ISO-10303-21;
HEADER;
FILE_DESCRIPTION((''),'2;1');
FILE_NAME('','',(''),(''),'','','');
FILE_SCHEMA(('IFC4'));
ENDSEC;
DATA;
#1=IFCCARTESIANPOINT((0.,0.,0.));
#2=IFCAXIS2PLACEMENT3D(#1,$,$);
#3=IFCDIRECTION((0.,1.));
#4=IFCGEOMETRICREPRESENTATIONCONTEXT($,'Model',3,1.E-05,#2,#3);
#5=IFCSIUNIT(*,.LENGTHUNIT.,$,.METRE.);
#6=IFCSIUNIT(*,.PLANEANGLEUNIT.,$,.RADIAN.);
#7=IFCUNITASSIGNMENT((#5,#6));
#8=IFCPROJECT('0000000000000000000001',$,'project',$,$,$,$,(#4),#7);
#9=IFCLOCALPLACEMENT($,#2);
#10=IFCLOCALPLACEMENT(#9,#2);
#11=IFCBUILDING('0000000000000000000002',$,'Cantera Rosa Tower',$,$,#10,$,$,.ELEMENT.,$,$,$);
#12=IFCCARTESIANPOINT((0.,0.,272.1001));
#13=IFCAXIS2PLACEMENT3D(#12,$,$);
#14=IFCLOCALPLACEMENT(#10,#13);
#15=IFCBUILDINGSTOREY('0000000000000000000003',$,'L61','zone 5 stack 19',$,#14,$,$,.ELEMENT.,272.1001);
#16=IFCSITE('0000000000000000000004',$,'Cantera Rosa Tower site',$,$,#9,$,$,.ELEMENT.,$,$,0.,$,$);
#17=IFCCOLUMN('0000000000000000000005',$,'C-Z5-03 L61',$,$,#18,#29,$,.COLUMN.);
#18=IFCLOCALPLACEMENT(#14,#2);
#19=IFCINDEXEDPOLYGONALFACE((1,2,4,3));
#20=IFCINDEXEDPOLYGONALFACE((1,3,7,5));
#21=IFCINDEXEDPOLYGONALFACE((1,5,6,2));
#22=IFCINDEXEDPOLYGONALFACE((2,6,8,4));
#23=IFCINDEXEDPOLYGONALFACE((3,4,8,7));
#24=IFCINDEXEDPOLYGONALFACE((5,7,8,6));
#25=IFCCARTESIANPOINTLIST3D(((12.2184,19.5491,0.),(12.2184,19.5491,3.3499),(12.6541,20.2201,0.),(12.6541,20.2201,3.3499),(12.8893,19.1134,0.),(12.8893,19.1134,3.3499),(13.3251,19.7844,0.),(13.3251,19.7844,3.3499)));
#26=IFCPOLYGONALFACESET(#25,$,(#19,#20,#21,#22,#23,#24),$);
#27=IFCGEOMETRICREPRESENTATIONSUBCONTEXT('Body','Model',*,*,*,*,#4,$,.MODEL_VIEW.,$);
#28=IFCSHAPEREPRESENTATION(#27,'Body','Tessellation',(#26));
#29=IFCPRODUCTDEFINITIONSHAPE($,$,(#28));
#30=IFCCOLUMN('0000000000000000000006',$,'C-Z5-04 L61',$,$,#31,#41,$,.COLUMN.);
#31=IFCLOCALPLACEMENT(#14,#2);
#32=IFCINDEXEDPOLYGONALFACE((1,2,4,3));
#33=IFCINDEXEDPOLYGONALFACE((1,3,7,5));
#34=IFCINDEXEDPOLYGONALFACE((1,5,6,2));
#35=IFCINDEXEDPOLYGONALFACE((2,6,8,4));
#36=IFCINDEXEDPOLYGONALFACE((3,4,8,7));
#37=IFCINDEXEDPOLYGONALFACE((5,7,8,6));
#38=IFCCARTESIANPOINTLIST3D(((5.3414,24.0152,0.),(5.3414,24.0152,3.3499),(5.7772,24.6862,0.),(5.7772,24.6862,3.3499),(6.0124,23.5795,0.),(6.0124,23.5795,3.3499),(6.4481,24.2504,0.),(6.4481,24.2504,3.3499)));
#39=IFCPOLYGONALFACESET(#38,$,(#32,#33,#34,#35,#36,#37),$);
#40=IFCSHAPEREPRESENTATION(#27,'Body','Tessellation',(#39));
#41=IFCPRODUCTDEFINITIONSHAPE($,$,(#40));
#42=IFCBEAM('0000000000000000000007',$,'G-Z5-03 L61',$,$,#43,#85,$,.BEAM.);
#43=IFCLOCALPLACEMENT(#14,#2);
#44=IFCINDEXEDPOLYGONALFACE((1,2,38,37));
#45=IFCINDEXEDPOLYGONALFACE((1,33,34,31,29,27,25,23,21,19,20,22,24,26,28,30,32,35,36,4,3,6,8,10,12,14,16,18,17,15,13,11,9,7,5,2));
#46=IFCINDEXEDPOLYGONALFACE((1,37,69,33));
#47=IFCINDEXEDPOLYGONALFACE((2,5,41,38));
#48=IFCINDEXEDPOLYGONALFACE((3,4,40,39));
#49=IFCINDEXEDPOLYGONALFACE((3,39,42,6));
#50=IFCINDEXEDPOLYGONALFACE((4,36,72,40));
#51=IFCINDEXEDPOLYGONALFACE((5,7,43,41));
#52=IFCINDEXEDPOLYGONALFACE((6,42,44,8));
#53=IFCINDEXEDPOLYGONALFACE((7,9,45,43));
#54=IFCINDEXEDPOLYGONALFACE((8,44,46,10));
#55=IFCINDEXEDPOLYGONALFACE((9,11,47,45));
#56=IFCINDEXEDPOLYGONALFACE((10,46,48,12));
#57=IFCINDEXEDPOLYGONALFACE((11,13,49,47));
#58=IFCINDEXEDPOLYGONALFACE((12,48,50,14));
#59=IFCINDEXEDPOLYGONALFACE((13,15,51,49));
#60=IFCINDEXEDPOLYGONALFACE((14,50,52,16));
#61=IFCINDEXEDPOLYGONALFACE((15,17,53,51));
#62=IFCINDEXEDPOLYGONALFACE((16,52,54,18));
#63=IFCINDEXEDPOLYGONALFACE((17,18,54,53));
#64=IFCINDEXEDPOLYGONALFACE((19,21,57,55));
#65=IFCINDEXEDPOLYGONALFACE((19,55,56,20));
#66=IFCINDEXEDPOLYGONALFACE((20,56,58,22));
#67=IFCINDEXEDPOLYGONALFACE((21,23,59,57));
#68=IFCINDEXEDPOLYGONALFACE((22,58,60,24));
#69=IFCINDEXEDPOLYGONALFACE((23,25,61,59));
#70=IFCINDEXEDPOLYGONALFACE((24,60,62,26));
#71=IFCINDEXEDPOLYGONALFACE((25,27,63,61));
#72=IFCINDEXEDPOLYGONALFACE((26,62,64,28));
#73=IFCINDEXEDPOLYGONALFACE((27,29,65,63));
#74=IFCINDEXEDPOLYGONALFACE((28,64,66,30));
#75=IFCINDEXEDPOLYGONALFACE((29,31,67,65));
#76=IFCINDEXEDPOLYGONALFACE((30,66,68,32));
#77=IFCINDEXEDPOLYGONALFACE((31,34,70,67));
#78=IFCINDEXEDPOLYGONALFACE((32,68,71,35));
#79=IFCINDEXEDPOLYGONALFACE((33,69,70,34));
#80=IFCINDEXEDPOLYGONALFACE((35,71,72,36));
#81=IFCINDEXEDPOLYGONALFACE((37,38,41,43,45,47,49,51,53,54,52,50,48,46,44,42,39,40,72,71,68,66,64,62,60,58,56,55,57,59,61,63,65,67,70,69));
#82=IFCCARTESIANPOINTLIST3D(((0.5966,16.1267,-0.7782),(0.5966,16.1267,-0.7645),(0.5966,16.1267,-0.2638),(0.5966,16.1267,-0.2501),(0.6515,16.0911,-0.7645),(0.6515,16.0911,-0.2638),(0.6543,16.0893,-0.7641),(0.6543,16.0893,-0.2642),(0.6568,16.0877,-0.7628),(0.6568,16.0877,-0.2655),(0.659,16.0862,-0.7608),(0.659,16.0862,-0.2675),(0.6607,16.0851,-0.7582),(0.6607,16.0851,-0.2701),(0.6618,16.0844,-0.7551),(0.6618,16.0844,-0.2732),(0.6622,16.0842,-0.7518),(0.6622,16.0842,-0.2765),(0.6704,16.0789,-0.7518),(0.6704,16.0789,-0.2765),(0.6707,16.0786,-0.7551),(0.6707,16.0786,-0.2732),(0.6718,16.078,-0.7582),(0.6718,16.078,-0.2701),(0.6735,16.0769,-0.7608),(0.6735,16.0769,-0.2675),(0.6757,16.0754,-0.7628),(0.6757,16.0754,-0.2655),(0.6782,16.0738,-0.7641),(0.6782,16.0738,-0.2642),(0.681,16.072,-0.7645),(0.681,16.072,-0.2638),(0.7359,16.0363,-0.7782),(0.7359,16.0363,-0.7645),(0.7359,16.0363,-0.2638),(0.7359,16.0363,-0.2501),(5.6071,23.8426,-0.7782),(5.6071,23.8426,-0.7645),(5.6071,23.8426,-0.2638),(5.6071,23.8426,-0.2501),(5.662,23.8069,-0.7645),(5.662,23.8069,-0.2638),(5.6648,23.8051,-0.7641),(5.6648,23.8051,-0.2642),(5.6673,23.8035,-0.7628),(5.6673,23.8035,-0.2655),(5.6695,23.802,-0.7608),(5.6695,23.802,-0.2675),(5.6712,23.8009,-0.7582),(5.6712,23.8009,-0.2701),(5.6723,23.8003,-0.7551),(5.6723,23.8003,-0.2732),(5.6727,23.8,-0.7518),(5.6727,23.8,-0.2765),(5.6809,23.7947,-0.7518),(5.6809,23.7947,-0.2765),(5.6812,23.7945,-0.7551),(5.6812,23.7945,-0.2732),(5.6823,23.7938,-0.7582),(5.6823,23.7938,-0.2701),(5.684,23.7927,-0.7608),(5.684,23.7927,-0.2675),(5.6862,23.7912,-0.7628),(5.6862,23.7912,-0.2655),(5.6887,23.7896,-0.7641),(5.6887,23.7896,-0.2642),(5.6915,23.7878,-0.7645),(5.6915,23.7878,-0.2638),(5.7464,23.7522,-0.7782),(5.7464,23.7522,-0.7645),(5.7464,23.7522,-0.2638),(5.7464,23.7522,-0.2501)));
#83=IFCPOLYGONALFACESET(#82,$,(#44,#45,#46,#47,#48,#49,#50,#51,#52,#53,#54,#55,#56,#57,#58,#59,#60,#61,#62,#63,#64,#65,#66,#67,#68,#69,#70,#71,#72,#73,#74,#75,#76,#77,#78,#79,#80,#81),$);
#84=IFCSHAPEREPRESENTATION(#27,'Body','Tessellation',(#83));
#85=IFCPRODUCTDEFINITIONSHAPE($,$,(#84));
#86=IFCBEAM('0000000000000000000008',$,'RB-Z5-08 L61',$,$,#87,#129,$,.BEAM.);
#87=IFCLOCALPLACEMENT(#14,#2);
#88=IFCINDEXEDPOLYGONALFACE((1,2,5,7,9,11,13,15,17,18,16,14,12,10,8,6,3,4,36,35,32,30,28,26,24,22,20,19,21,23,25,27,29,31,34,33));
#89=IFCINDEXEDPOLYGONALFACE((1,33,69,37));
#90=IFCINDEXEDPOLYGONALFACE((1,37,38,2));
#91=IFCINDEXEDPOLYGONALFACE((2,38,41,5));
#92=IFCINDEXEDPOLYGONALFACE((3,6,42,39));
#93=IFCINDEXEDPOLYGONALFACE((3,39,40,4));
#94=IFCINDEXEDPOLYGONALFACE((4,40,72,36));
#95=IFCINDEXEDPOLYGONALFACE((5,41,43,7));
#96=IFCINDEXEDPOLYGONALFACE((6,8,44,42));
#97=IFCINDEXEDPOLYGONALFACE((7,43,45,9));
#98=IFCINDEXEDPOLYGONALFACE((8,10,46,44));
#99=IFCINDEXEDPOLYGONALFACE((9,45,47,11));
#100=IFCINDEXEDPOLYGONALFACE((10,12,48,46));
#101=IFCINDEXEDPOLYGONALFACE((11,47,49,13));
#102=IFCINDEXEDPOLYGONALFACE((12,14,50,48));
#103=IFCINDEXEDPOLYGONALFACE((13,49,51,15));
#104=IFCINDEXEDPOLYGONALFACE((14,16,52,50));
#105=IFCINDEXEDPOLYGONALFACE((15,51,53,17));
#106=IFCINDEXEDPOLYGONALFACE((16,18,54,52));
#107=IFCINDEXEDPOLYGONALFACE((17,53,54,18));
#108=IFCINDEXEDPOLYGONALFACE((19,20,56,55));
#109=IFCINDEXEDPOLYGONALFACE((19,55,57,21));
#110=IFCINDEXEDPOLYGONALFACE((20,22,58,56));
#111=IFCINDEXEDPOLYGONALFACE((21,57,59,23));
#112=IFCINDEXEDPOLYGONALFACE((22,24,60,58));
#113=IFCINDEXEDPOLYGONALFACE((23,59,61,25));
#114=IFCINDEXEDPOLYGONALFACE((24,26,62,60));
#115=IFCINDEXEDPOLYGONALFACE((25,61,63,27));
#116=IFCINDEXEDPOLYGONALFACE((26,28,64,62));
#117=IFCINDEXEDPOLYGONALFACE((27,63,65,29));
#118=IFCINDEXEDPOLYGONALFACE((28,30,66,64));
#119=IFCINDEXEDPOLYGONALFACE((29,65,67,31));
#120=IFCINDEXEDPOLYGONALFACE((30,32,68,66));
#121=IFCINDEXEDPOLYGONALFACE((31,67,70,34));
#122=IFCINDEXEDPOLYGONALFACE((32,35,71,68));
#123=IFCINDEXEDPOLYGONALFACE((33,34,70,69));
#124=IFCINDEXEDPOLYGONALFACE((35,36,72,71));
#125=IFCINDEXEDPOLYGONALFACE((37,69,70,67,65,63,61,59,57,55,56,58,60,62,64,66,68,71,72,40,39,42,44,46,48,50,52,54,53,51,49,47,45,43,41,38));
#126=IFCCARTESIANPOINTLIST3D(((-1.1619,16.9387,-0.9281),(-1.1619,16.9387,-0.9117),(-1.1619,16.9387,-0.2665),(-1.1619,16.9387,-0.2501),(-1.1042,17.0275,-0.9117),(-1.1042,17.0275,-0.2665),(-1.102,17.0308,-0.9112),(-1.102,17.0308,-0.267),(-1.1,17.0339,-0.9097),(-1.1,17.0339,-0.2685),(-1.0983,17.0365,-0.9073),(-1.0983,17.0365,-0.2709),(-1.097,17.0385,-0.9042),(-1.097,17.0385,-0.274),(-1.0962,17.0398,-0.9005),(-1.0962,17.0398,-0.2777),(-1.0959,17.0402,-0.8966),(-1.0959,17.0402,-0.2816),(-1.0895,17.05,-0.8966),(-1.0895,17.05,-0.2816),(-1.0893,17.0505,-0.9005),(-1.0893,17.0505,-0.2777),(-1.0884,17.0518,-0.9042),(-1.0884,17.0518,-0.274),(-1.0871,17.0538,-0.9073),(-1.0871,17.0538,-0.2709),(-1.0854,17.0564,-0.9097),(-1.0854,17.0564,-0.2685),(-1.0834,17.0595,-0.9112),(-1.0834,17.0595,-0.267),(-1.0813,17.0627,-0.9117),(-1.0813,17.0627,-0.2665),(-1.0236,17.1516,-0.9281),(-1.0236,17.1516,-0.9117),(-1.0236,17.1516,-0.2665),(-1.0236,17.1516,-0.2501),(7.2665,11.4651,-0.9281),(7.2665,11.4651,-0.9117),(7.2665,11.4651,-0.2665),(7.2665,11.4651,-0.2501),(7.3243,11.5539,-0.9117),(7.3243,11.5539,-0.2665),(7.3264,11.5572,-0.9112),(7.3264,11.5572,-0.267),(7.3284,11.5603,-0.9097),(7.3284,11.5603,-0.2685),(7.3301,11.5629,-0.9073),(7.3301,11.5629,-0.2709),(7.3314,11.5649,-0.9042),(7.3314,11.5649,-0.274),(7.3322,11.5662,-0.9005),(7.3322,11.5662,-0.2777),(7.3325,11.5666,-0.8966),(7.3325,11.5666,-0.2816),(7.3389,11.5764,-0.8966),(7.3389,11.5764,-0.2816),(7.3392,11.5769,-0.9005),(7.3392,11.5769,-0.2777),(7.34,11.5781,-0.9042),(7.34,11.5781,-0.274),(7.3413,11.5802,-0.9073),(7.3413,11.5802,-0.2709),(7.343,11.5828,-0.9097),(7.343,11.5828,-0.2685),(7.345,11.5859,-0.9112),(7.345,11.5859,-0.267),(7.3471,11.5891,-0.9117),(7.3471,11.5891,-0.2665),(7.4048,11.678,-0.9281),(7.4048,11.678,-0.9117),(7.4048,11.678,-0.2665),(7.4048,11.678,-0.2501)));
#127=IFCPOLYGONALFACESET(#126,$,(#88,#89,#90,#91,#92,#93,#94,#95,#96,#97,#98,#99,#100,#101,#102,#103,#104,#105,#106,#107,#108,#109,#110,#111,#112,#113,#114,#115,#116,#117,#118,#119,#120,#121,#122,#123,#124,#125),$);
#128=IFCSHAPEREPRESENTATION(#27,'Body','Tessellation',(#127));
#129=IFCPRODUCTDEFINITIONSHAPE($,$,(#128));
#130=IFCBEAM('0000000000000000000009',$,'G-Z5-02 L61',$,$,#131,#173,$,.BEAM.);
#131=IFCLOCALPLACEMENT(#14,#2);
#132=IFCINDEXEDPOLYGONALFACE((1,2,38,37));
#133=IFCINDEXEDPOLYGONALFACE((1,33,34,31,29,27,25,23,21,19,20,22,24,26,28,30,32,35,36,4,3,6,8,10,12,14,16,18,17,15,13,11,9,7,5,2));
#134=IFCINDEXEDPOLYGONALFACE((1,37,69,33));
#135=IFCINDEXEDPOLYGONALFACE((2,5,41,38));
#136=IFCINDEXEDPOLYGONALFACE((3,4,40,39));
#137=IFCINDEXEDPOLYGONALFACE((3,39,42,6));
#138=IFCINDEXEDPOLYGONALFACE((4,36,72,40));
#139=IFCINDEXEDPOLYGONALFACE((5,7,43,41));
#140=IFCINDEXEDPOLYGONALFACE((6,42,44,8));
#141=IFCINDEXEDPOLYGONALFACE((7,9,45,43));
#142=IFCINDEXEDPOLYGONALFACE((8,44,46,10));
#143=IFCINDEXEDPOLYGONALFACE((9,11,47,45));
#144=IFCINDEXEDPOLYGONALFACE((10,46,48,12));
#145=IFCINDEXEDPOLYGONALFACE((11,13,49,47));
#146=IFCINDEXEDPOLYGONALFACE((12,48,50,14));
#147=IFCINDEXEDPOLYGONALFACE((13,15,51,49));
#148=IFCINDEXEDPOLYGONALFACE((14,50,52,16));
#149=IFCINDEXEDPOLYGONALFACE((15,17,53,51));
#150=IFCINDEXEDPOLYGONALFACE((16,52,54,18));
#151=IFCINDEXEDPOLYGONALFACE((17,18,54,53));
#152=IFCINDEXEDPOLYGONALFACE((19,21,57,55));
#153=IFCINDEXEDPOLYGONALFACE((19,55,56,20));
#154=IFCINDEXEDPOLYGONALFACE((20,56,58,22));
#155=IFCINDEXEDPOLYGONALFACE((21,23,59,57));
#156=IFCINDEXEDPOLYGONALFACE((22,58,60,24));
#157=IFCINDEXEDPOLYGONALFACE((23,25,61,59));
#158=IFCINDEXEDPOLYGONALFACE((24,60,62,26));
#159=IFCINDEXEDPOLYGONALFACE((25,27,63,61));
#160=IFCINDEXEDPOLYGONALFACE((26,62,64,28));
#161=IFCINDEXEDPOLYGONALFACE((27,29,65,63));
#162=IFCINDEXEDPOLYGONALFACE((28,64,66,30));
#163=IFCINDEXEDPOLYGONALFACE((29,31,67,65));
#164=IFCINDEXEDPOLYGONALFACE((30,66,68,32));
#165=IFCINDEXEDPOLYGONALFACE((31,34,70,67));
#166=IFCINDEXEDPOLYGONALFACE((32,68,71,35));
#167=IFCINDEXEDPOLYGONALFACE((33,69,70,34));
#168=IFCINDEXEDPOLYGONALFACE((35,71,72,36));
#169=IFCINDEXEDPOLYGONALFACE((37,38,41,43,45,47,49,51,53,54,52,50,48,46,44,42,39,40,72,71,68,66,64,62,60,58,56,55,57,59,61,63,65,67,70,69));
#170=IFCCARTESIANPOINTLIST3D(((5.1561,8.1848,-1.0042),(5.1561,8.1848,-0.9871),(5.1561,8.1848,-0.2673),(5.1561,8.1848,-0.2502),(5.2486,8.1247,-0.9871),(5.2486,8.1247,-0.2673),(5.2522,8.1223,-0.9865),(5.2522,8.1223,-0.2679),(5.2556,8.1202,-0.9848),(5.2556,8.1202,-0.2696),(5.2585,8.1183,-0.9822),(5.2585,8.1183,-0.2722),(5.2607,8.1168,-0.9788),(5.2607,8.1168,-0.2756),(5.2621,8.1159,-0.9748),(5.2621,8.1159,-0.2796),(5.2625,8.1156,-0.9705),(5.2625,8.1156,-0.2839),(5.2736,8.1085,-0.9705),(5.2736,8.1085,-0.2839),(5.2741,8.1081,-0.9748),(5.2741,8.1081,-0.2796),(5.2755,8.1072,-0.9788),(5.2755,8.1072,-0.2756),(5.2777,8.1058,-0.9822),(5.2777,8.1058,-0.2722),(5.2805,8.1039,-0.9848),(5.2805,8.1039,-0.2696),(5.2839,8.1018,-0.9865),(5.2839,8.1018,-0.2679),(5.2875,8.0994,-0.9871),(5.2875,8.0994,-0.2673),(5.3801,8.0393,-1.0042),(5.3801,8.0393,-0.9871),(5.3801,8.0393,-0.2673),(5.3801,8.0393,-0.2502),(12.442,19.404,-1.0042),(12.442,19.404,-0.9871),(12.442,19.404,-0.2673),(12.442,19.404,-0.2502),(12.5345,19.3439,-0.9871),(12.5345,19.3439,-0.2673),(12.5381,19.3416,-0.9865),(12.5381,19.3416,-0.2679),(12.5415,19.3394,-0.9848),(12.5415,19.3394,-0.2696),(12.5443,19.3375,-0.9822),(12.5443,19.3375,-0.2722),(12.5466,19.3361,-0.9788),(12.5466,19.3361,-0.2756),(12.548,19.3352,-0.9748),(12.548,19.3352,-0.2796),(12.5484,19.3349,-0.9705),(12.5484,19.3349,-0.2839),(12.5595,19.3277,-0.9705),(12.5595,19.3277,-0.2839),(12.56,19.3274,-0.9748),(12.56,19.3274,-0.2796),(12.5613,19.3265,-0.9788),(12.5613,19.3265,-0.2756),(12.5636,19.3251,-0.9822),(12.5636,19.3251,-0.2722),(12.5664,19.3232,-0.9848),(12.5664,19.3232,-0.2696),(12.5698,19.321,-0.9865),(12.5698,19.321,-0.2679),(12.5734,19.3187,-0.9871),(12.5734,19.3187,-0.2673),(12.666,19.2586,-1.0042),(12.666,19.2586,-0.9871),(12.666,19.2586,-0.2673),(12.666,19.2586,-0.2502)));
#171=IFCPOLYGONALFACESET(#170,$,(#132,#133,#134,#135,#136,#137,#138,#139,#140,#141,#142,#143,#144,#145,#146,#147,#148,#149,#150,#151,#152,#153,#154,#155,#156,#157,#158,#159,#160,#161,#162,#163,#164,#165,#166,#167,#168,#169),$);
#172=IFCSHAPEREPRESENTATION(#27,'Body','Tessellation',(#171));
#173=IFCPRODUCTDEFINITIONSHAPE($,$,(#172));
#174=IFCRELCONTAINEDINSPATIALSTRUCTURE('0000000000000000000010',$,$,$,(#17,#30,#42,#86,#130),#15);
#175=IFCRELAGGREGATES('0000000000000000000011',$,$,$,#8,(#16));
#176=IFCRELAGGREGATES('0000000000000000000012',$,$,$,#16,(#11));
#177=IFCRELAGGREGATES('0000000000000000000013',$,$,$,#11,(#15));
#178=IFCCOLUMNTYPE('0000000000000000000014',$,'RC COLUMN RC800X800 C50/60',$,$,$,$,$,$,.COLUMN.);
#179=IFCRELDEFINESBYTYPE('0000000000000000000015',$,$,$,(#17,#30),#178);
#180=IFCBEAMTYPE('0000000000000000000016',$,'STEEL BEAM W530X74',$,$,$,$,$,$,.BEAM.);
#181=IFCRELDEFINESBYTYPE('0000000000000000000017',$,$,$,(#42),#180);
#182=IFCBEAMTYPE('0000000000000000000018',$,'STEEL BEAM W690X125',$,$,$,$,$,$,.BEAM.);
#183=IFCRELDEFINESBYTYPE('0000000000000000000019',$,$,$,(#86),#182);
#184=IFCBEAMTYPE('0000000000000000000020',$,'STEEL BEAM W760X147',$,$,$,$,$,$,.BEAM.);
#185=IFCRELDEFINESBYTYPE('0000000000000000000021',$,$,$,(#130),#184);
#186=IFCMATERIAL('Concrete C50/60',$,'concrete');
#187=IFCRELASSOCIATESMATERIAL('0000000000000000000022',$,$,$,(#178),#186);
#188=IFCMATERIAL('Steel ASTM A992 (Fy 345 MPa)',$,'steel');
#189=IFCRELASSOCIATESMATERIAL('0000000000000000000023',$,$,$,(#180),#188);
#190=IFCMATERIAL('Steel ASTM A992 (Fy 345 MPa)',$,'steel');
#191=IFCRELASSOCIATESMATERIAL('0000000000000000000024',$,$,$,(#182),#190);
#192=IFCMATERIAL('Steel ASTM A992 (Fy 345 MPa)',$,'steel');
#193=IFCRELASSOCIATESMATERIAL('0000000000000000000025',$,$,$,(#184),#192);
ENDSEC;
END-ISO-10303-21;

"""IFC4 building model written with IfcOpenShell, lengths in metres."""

from ifc_helpers import new_model, si_unit, direction, frame, origin, origin_2d, place, context, subcontext, project, spatial, rectangle, i_section, extrude, material, material_profile, profile_set, type_object, element, save


model = new_model("IFC4")

# Units and contexts
model_context = context("Model", 3, precision=1e-05, world=origin(), true_north=direction((0.0, 1.0)))
body_context = subcontext(model_context, "Body", "Model", "MODEL_VIEW")
ifc_project = project(units=[si_unit("LENGTHUNIT", "METRE"), si_unit("PLANEANGLEUNIT", "RADIAN")], contexts=[model_context])

# Site, building, storey
site_placement = place(None, origin())
site = spatial("IfcSite", under=ifc_project, at=site_placement, Name="Cantera Rosa Tower site", CompositionType="ELEMENT", RefElevation=0.0)
building_placement = place(site_placement, origin())
building = spatial("IfcBuilding", under=site, at=building_placement, Name="Cantera Rosa Tower", CompositionType="ELEMENT")
storey_placement = place(building_placement, frame((0.0, 0.0, 272.1001)))
storey = spatial("IfcBuildingStorey", under=building, at=storey_placement, Name="L61", Description="zone 5 stack 19", CompositionType="ELEMENT", Elevation=272.1001)

# Columns
ifc_material_1 = material(Name="Concrete C50/60", Category="concrete")
ifc_material_profile_1 = material_profile(ifc_material_1, rectangle(XDim=0.8, YDim=0.8, at=origin_2d()), Name="RC COLUMN RC800X800 C50/60")
ifc_profile_set_1 = profile_set([ifc_material_profile_1], Name="Concrete C50/60")
column_type = type_object("IfcColumnType", Name="RC COLUMN RC800X800 C50/60", PredefinedType="COLUMN", material=ifc_profile_set_1)
for number, where, z_axis, x_axis, name in (
    (1, (12.7717, 19.6667, 0.0), (0.0, 0.0, 1.0), (0.544639, 0.838671, 0.0), "C-Z5-03 L61"),
    (2, (5.8948, 24.1328, 0.0), (0.0, 0.0, 1.0), (0.544639, 0.838671, 0.0), "C-Z5-04 L61"),
):
    element("IfcColumn", number, at=place(storey_placement, frame(where, z_axis=z_axis, x_axis=x_axis)), inside=storey, type_object=column_type, Name=name, PredefinedType="COLUMN", context=body_context, shape_type="SweptSolid", body=[
        extrude(rectangle(XDim=0.8, YDim=0.8, at=origin_2d()), origin(), (0.0, 0.0, 1.0), 3.3499),
    ])

# Beams
ifc_material_2 = material(Name="Steel ASTM A992 (Fy 345 MPa)", Category="steel")
ifc_material_profile_2 = material_profile(ifc_material_2, i_section(OverallWidth=0.166, OverallDepth=0.5281, WebThickness=0.0098, FlangeThickness=0.0137, FilletRadius=0.0127, at=origin_2d()), Name="W530X74")
ifc_profile_set_2 = profile_set([ifc_material_profile_2], Name="Steel ASTM A992 (Fy 345 MPa)")
beam_type_1 = type_object("IfcBeamType", Name="STEEL BEAM W530X74", PredefinedType="BEAM", material=ifc_profile_set_2)
beam_1_placement = place(storey_placement, frame((5.6768, 23.7974, -0.5142), z_axis=(-0.544623, -0.838681, 0.0), x_axis=(0.838681, -0.544623, 0.0)))
element("IfcBeam", 3, at=beam_1_placement, inside=storey, type_object=beam_type_1, Name="G-Z5-03 L61", PredefinedType="BEAM", context=body_context, shape_type="SweptSolid", body=[
    extrude(i_section(OverallWidth=0.166, OverallDepth=0.5281, WebThickness=0.0098, FlangeThickness=0.0137, FilletRadius=0.0127, at=origin_2d()), origin(), (0.0, 0.0, 1.0), 9.2),
])
ifc_material_3 = material(Name="Steel ASTM A992 (Fy 345 MPa)", Category="steel")
ifc_material_profile_3 = material_profile(ifc_material_3, i_section(OverallWidth=0.2539, OverallDepth=0.678, WebThickness=0.0117, FlangeThickness=0.0164, FilletRadius=0.0151, at=origin_2d()), Name="W690X125")
ifc_profile_set_3 = profile_set([ifc_material_profile_3], Name="Steel ASTM A992 (Fy 345 MPa)")
beam_type_2 = type_object("IfcBeamType", Name="STEEL BEAM W690X125", PredefinedType="BEAM", material=ifc_profile_set_3)
beam_2_placement = place(storey_placement, frame((7.3357, 11.5715, -0.5891), z_axis=(-0.838665, 0.544648, 0.0), x_axis=(-0.544648, -0.838665, 0.0)))
element("IfcBeam", 4, at=beam_2_placement, inside=storey, type_object=beam_type_2, Name="RB-Z5-08 L61", PredefinedType="BEAM", context=body_context, shape_type="SweptSolid", body=[
    extrude(i_section(OverallWidth=0.2539, OverallDepth=0.678, WebThickness=0.0117, FlangeThickness=0.0164, FilletRadius=0.0151, at=origin_2d()), origin(), (0.0, 0.0, 1.0), 10.0498),
])
ifc_material_4 = material(Name="Steel ASTM A992 (Fy 345 MPa)", Category="steel")
ifc_material_profile_4 = material_profile(ifc_material_4, i_section(OverallWidth=0.2671, OverallDepth=0.7539, WebThickness=0.0132, FlangeThickness=0.0171, FilletRadius=0.0166, at=origin_2d()), Name="W760X147")
ifc_profile_set_4 = profile_set([ifc_material_profile_4], Name="Steel ASTM A992 (Fy 345 MPa)")
beam_type_3 = type_object("IfcBeamType", Name="STEEL BEAM W760X147", PredefinedType="BEAM", material=ifc_profile_set_4)
beam_3_placement = place(storey_placement, frame((12.554, 19.3313, -0.6272), z_axis=(-0.544641, -0.83867, 0.0), x_axis=(0.83867, -0.544641, 0.0)))
element("IfcBeam", 5, at=beam_3_placement, inside=storey, type_object=beam_type_3, Name="G-Z5-02 L61", PredefinedType="BEAM", context=body_context, shape_type="SweptSolid", body=[
    extrude(i_section(OverallWidth=0.2671, OverallDepth=0.7539, WebThickness=0.0132, FlangeThickness=0.0171, FilletRadius=0.0166, at=origin_2d()), origin(), (0.0, 0.0, 1.0), 13.3774),
])

save(model, "model.ifc")
